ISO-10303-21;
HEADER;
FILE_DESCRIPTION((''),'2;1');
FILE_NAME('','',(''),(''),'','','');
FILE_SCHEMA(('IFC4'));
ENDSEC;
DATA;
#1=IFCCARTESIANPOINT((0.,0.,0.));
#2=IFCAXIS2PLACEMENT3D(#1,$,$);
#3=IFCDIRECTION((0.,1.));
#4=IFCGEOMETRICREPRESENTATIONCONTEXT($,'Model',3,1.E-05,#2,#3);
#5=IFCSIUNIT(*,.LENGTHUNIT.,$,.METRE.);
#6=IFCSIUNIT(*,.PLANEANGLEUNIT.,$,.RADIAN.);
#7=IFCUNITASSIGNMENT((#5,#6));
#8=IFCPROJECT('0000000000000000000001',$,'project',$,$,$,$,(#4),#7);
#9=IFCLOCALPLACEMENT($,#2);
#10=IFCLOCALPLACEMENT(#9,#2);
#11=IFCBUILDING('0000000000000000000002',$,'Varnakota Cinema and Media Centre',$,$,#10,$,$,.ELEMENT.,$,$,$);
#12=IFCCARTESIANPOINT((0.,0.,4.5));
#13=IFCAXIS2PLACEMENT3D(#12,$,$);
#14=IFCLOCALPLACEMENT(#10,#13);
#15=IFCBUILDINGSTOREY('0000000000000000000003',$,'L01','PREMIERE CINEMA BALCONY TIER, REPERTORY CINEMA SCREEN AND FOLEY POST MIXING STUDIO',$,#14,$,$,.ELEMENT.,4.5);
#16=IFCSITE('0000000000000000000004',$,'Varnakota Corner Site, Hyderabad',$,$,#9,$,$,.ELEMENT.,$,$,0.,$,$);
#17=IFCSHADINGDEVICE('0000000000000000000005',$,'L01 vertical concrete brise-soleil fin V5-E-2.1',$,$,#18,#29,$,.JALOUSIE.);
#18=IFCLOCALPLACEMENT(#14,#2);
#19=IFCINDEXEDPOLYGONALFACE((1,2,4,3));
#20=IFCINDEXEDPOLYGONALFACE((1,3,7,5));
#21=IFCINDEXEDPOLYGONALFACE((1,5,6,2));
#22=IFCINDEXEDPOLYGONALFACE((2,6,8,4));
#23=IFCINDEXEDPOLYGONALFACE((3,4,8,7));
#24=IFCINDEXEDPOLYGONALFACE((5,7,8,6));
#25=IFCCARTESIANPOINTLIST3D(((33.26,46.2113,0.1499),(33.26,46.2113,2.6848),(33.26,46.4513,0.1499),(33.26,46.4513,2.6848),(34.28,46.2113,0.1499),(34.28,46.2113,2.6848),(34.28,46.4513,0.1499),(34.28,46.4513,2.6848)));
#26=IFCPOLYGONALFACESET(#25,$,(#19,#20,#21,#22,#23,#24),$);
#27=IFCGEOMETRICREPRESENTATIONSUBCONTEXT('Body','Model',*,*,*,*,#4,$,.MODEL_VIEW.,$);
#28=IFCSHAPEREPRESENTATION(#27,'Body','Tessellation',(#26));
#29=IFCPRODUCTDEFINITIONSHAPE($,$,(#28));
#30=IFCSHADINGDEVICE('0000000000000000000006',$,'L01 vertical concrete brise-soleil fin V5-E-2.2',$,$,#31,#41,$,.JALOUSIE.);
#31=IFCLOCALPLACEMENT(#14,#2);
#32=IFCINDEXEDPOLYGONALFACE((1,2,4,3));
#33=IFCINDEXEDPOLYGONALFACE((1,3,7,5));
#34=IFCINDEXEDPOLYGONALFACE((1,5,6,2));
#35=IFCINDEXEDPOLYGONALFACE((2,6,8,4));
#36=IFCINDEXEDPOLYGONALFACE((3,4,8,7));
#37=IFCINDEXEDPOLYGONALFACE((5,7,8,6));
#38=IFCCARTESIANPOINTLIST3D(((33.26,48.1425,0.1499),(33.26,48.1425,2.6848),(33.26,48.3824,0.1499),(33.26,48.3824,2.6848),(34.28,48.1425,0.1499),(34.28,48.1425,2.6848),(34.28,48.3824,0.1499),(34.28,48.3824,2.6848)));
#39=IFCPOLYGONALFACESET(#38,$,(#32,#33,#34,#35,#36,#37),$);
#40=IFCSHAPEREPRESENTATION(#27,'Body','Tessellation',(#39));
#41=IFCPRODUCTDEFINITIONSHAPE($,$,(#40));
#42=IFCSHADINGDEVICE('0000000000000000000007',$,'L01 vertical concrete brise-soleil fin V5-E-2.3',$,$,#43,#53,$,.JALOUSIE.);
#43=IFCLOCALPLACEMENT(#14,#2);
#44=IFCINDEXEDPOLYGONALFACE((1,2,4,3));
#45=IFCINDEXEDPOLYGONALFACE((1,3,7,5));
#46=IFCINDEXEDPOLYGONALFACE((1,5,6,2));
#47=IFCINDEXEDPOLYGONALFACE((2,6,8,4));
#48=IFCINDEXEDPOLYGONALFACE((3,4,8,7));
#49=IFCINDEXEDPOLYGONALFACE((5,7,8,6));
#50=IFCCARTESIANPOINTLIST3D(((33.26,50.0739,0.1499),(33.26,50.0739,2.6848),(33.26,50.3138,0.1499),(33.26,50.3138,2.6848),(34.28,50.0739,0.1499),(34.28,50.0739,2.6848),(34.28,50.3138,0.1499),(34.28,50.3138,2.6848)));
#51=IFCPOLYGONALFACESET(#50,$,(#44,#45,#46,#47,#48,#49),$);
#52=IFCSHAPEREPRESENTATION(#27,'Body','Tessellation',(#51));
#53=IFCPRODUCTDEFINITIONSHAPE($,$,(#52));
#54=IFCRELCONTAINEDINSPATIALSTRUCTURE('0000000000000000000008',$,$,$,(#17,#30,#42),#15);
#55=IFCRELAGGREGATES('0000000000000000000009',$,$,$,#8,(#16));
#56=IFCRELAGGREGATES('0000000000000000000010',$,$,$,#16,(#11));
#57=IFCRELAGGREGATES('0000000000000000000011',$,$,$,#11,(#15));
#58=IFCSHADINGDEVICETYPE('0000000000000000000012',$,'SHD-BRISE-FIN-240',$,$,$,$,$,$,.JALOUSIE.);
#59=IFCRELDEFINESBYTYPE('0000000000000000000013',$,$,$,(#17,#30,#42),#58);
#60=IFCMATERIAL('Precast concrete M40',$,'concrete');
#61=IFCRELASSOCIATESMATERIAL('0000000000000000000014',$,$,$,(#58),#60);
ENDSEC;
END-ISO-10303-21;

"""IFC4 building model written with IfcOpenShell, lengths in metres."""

from ifc_helpers import new_model, si_unit, direction, frame, origin, origin_2d, place, context, subcontext, project, spatial, rectangle, extrude, material, type_object, element, save


model = new_model("IFC4")

# Units and contexts
model_context = context("Model", 3, precision=1e-05, world=origin(), true_north=direction((0.0, 1.0)))
body_context = subcontext(model_context, "Body", "Model", "MODEL_VIEW")
ifc_project = project(units=[si_unit("LENGTHUNIT", "METRE"), si_unit("PLANEANGLEUNIT", "RADIAN")], contexts=[model_context])

# Site, building, storey
site_placement = place(None, origin())
site = spatial("IfcSite", under=ifc_project, at=site_placement, Name="Varnakota Corner Site, Hyderabad", CompositionType="ELEMENT", RefElevation=0.0)
building_placement = place(site_placement, origin())
building = spatial("IfcBuilding", under=site, at=building_placement, Name="Varnakota Cinema and Media Centre", CompositionType="ELEMENT")
storey_placement = place(building_placement, frame((0.0, 0.0, 4.5)))
storey = spatial("IfcBuildingStorey", under=building, at=storey_placement, Name="L01", Description="PREMIERE CINEMA BALCONY TIER, REPERTORY CINEMA SCREEN AND FOLEY POST MIXING STUDIO", CompositionType="ELEMENT", Elevation=4.5)

# Shading devices
ifc_material_1 = material(Name="Precast concrete M40", Category="concrete")
shading_device_type = type_object("IfcShadingDeviceType", Name="SHD-BRISE-FIN-240", PredefinedType="JALOUSIE", material=ifc_material_1)
for number, where, z_axis, x_axis, name in (
    (1, (33.77, 46.3313, 0.1499), (0.0, 0.0, 1.0), (0.0, 1.0, 0.0), "L01 vertical concrete brise-soleil fin V5-E-2.1"),
    (2, (33.77, 48.2625, 0.1499), (0.0, 0.0, 1.0), (0.0, 1.0, 0.0), "L01 vertical concrete brise-soleil fin V5-E-2.2"),
    (3, (33.77, 50.1938, 0.1499), (0.0, 0.0, 1.0), (0.0, 1.0, 0.0), "L01 vertical concrete brise-soleil fin V5-E-2.3"),
):
    element("IfcShadingDevice", number, at=place(storey_placement, frame(where, z_axis=z_axis, x_axis=x_axis)), inside=storey, type_object=shading_device_type, Name=name, PredefinedType="JALOUSIE", context=body_context, shape_type="SweptSolid", body=[
        extrude(rectangle(XDim=0.24, YDim=1.02, at=origin_2d()), origin(), (0.0, 0.0, 1.0), 2.5349),
    ])

save(model, "model.ifc")
